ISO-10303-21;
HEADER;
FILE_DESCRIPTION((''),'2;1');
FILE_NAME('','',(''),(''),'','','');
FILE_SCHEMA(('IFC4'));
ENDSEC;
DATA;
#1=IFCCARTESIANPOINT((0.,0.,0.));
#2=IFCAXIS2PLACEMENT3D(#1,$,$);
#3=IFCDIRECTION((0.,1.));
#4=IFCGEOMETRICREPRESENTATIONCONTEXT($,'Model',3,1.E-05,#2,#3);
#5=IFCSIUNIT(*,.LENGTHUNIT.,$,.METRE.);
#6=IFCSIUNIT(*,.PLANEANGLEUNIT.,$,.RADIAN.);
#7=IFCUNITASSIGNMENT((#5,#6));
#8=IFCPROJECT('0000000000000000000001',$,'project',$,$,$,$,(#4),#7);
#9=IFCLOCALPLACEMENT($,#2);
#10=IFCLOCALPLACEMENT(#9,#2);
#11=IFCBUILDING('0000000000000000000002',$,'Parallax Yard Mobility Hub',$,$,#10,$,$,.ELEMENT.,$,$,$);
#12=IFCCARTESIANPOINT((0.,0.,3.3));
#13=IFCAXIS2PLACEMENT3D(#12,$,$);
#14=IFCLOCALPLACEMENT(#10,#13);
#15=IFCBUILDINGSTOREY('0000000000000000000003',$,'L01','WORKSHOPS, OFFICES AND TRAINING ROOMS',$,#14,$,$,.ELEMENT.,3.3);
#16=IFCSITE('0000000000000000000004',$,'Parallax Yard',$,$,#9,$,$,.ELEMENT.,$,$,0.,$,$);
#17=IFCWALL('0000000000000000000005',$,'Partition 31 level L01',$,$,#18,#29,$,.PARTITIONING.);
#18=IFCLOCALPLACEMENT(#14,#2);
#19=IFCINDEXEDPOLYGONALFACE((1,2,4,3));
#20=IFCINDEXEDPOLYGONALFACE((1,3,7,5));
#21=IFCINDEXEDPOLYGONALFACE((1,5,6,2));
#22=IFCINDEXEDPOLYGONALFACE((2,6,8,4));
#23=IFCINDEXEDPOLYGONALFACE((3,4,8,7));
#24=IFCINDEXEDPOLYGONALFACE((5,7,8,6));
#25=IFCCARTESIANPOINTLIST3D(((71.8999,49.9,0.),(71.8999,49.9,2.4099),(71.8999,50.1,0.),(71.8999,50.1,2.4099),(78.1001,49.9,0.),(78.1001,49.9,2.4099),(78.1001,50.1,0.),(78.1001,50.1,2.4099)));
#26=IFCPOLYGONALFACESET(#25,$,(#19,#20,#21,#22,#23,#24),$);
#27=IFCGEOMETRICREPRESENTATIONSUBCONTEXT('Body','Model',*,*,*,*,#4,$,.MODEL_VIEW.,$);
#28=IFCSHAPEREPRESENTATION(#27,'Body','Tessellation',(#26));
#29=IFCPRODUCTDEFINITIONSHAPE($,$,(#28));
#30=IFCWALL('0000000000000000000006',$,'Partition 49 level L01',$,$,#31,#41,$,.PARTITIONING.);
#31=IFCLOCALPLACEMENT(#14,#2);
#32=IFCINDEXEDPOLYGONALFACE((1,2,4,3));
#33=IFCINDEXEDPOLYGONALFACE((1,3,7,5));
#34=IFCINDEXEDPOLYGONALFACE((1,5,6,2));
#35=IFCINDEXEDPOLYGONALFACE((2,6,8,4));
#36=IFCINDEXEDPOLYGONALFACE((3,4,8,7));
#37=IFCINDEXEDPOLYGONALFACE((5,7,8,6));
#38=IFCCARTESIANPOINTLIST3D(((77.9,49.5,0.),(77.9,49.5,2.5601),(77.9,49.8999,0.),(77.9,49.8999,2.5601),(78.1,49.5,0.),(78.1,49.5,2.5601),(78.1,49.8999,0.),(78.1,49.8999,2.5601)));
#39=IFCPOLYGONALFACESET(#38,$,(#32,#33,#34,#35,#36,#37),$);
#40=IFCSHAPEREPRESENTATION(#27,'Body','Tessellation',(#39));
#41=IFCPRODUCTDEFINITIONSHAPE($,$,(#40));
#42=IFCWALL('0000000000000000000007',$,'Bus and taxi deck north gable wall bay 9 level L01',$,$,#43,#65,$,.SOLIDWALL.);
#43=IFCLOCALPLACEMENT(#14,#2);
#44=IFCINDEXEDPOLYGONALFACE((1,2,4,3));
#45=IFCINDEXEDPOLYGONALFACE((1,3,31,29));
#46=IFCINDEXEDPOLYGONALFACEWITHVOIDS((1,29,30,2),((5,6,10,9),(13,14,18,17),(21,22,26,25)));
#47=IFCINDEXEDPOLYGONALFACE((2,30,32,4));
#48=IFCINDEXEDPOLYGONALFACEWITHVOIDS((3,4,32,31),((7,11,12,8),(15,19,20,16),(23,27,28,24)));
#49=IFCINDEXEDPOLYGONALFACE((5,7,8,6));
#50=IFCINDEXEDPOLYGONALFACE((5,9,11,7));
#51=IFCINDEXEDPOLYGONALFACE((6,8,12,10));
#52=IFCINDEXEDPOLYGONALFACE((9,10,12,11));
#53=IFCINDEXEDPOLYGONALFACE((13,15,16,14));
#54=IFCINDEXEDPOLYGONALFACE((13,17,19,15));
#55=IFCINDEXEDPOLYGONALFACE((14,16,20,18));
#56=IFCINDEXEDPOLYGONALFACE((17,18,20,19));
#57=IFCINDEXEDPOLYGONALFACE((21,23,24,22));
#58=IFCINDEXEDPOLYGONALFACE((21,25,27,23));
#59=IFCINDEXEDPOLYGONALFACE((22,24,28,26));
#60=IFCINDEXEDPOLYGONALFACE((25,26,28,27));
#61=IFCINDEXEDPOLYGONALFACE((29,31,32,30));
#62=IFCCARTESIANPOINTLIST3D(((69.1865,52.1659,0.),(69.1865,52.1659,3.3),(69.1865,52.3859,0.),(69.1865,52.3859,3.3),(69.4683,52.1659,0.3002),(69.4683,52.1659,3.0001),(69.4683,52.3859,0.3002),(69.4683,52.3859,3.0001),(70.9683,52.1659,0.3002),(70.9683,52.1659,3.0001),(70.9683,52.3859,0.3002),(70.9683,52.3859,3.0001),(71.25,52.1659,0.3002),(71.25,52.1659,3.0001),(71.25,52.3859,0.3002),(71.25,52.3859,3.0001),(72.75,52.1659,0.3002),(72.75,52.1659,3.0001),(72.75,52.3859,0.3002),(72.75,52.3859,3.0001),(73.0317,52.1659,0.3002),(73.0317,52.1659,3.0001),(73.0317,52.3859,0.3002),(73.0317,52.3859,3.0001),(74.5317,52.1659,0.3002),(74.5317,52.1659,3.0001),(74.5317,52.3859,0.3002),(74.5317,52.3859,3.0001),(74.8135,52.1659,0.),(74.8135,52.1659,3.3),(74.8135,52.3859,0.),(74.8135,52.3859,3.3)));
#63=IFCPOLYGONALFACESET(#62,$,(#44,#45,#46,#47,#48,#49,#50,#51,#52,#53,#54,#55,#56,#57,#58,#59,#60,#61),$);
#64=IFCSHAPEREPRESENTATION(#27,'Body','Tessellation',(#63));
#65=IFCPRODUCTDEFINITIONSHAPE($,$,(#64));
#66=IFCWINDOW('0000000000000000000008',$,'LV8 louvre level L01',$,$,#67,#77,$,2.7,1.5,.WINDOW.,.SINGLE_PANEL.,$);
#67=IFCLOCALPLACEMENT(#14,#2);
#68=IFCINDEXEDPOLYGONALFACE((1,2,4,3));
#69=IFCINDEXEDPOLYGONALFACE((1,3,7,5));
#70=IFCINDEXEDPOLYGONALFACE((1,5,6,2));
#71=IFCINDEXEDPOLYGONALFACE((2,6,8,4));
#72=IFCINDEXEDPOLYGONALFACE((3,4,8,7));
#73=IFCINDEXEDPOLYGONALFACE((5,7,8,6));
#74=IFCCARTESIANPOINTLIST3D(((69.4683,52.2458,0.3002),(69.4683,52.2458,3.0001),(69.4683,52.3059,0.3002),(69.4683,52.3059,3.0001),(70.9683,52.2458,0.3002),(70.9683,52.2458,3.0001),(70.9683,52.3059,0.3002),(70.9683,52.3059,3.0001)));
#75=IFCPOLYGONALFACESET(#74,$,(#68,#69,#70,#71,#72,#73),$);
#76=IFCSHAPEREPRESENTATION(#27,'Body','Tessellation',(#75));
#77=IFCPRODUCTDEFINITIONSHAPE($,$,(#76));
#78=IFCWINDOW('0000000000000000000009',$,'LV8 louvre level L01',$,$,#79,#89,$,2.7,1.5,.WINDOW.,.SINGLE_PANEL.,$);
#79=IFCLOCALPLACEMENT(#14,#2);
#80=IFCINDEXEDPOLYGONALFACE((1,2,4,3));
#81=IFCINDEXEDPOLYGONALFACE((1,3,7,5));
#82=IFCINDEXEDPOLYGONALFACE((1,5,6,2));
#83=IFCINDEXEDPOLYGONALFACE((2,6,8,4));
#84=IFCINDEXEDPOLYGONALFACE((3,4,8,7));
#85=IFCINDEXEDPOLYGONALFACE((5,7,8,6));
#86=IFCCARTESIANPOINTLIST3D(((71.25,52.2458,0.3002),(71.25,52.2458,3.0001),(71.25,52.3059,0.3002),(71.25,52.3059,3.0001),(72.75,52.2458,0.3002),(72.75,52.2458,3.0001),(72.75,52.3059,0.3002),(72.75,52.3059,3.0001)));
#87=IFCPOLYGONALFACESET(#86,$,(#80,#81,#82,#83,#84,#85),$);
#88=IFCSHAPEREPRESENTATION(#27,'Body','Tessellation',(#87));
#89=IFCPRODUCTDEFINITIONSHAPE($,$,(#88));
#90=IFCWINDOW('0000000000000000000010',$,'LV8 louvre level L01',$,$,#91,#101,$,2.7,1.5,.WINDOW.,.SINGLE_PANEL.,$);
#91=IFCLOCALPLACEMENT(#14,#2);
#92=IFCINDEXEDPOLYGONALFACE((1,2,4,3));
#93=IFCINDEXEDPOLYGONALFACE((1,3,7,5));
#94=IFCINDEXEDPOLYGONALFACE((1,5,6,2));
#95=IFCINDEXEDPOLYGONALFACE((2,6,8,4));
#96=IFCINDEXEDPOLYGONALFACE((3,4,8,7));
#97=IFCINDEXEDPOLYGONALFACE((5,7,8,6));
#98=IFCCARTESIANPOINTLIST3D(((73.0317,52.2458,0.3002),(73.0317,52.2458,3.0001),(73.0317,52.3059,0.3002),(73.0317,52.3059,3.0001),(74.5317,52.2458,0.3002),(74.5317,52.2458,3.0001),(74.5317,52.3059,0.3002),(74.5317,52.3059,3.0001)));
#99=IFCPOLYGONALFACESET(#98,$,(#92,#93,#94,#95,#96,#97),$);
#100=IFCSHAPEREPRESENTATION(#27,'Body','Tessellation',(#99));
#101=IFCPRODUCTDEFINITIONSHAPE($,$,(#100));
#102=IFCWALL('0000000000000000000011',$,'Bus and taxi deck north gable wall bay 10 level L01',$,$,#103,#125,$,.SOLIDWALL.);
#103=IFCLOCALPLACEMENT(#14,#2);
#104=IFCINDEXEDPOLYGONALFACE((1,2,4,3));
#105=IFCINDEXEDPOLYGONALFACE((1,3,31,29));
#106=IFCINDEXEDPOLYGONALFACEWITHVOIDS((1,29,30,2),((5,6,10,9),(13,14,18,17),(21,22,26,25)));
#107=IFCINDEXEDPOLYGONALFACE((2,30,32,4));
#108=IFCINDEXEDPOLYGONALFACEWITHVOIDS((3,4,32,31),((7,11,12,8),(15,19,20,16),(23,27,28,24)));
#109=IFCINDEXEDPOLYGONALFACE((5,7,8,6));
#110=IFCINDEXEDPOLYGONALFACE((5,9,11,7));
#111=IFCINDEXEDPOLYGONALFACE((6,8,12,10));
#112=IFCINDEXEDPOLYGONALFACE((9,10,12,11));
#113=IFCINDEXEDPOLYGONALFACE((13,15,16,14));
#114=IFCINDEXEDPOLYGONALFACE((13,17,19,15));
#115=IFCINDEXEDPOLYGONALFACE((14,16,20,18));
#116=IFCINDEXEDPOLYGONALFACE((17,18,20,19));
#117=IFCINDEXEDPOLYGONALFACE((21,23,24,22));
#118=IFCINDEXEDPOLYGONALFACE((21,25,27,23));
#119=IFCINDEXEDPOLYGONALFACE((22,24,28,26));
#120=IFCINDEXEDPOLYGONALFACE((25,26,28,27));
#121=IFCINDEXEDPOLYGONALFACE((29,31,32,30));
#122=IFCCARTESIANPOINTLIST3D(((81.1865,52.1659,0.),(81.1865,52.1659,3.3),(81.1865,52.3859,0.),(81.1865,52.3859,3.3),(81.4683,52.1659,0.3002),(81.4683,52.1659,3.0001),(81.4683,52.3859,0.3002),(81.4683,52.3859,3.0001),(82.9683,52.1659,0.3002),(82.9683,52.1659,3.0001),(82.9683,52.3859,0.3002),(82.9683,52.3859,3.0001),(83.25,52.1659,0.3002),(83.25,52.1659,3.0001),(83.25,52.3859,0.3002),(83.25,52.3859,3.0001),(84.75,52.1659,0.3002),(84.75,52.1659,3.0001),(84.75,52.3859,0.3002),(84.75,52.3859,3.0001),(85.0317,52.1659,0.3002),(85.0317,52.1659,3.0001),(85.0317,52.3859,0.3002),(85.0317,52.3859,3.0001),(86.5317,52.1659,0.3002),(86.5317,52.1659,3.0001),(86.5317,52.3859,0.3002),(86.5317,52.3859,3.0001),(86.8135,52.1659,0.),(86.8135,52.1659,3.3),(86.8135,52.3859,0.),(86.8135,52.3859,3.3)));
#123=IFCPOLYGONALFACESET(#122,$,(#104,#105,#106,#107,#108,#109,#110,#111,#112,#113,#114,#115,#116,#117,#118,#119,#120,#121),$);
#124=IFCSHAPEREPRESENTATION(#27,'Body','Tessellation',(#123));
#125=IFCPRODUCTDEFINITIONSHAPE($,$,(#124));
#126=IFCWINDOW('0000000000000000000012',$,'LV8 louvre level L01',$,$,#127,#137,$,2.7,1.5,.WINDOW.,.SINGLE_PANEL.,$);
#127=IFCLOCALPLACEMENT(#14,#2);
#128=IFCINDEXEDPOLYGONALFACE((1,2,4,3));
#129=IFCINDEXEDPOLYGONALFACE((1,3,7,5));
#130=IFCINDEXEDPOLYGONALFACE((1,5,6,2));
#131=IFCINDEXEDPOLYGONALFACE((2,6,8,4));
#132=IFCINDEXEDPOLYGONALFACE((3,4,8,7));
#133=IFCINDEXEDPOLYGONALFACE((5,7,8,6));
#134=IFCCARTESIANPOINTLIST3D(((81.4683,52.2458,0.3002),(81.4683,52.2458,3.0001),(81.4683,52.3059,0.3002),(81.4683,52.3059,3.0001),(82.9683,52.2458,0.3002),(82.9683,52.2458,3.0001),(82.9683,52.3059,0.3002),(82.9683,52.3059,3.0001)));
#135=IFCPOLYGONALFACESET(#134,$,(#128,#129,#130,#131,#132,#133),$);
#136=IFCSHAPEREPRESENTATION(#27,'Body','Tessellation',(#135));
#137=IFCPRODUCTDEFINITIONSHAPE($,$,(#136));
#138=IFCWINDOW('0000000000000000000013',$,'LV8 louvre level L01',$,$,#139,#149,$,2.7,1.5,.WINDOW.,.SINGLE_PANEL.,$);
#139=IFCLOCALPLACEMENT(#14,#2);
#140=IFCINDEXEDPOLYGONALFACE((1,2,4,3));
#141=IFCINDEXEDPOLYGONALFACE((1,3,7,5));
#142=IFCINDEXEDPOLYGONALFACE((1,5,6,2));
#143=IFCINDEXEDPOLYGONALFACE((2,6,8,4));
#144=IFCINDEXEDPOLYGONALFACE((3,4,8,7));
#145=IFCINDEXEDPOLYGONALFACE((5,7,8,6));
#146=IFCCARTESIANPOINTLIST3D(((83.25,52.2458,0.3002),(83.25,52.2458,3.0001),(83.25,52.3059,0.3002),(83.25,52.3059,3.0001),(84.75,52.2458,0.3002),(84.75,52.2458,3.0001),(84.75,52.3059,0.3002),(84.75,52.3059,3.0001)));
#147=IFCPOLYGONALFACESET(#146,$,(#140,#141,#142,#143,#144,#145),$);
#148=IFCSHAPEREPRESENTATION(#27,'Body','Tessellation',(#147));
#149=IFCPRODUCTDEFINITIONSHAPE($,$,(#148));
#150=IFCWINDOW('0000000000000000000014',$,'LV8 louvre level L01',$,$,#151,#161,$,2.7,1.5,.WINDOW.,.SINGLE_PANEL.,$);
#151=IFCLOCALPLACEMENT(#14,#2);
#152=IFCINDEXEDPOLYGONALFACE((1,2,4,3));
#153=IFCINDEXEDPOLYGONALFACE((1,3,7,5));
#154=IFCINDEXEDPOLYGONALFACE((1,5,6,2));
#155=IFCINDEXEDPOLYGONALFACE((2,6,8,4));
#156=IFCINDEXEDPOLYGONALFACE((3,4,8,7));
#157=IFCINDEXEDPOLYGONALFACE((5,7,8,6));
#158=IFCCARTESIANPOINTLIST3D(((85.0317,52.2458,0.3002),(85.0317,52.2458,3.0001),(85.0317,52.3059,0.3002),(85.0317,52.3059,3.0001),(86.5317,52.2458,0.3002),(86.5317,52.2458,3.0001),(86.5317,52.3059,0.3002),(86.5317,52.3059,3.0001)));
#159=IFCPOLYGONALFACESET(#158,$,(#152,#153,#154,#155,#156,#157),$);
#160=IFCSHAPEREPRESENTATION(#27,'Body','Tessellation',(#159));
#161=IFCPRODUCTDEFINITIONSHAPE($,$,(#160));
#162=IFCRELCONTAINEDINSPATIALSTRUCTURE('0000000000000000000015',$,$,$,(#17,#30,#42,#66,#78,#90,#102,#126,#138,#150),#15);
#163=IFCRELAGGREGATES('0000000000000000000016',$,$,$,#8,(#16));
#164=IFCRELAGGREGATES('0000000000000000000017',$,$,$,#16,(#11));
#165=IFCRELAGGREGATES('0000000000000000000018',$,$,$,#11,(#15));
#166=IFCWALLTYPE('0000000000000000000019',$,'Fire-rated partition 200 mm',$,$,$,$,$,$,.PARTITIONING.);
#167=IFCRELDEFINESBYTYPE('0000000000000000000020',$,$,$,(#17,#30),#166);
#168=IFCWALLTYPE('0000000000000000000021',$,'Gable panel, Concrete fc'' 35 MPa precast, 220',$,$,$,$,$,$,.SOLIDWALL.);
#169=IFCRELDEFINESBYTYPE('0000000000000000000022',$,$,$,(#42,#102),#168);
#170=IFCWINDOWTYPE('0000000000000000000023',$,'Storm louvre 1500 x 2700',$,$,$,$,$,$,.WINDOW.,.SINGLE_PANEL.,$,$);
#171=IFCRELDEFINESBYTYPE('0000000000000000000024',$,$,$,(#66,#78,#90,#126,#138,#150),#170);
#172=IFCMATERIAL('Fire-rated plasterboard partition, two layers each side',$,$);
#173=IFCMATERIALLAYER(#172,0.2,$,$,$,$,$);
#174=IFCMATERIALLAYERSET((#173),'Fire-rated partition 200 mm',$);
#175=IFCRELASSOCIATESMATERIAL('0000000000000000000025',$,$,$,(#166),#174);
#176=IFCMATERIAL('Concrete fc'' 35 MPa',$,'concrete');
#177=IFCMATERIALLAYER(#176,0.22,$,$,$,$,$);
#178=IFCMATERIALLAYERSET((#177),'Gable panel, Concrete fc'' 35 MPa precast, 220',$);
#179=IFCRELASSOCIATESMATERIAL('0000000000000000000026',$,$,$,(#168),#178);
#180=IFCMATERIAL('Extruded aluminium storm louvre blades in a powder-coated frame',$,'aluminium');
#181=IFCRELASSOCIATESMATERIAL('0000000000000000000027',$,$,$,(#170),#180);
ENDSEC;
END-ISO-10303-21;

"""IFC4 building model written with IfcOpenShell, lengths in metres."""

from ifc_helpers import new_model, si_unit, direction, frame, frame_2d, origin, place, context, subcontext, project, spatial, rectangle, extrude, material, layer, layer_set, type_object, element, fill, save


model = new_model("IFC4")

# Units and contexts
model_context = context("Model", 3, precision=1e-05, world=origin(), true_north=direction((0.0, 1.0)))
body_context = subcontext(model_context, "Body", "Model", "MODEL_VIEW")
ifc_project = project(units=[si_unit("LENGTHUNIT", "METRE"), si_unit("PLANEANGLEUNIT", "RADIAN")], contexts=[model_context])

# Site, building, storey
site_placement = place(None, origin())
site = spatial("IfcSite", under=ifc_project, at=site_placement, Name="Parallax Yard", CompositionType="ELEMENT", RefElevation=0.0)
building_placement = place(site_placement, origin())
building = spatial("IfcBuilding", under=site, at=building_placement, Name="Parallax Yard Mobility Hub", CompositionType="ELEMENT")
storey_placement = place(building_placement, frame((0.0, 0.0, 3.3)))
storey = spatial("IfcBuildingStorey", under=building, at=storey_placement, Name="L01", Description="WORKSHOPS, OFFICES AND TRAINING ROOMS", CompositionType="ELEMENT", Elevation=3.3)

# Shared definitions
ifc_material_1 = material(Name="Concrete fc' 35 MPa", Category="concrete")

# Walls
ifc_material_2 = material(Name="Fire-rated plasterboard partition, two layers each side")
ifc_layer_1 = layer(ifc_material_2, 0.2)
ifc_layer_set_1 = layer_set([ifc_layer_1], Name="Fire-rated partition 200 mm")
wall_type_1 = type_object("IfcWallType", Name="Fire-rated partition 200 mm", PredefinedType="PARTITIONING", material=ifc_layer_set_1)
wall_1_placement = place(storey_placement, frame((71.8999, 50.0, 0.0), z_axis=(0.0, 0.0, 1.0), x_axis=(1.0, 0.0, 0.0)))
element("IfcWall", 1, at=wall_1_placement, inside=storey, type_object=wall_type_1, Name="Partition 31 level L01", PredefinedType="PARTITIONING", context=body_context, shape_type="SweptSolid", body=[
    extrude(rectangle(XDim=6.2002, YDim=0.2, at=frame_2d((3.1001, 0.0))), origin(), (0.0, 0.0, 1.0), 2.4099),
])
wall_2_placement = place(storey_placement, frame((78.0, 49.5, 0.0), z_axis=(0.0, 0.0, 1.0), x_axis=(0.0, 1.0, 0.0)))
element("IfcWall", 2, at=wall_2_placement, inside=storey, type_object=wall_type_1, Name="Partition 49 level L01", PredefinedType="PARTITIONING", context=body_context, shape_type="SweptSolid", body=[
    extrude(rectangle(XDim=0.3999, YDim=0.2, at=frame_2d((0.2, 0.0))), origin(), (0.0, 0.0, 1.0), 2.5601),
])

# Walls, openings, windows
ifc_layer_2 = layer(ifc_material_1, 0.22)
ifc_layer_set_2 = layer_set([ifc_layer_2], Name="Gable panel, Concrete fc' 35 MPa precast, 220")
wall_type_2 = type_object("IfcWallType", Name="Gable panel, Concrete fc' 35 MPa precast, 220", PredefinedType="SOLIDWALL", material=ifc_layer_set_2)
wall_3_placement = place(storey_placement, frame((69.1865, 52.2759, 0.0), z_axis=(0.0, 0.0, 1.0), x_axis=(1.0, 0.0, 0.0)))
wall_3 = element("IfcWall", 3, at=wall_3_placement, inside=storey, type_object=wall_type_2, Name="Bus and taxi deck north gable wall bay 9 level L01", PredefinedType="SOLIDWALL", context=body_context, shape_type="SweptSolid", body=[
    extrude(rectangle(XDim=5.627, YDim=0.22, at=frame_2d((2.8135, 0.0))), origin(), (0.0, 0.0, 1.0), 3.3),
])
opening_1_placement = place(wall_3_placement, frame((0.2817, 0.0, 0.3)))
opening_1 = element("IfcOpeningElement", 4, at=opening_1_placement, cuts=wall_3, PredefinedType="OPENING", context=body_context, shape_type="SweptSolid", body=[
    extrude(rectangle(XDim=1.5, YDim=2.7, at=frame_2d((0.75, 1.3501))), frame((0.0, 0.1201, 0.0), z_axis=(0.0, -1.0, 0.0), x_axis=(1.0, 0.0, 0.0)), (0.0, 0.0, 1.0), 0.24),
])
opening_2_placement = place(wall_3_placement, frame((2.0635, 0.0, 0.3)))
opening_2 = element("IfcOpeningElement", 5, at=opening_2_placement, cuts=wall_3, PredefinedType="OPENING", context=body_context, shape_type="SweptSolid", body=[
    extrude(rectangle(XDim=1.5, YDim=2.7, at=frame_2d((0.75, 1.3501))), frame((0.0, 0.1201, 0.0), z_axis=(0.0, -1.0, 0.0), x_axis=(1.0, 0.0, 0.0)), (0.0, 0.0, 1.0), 0.24),
])
opening_3_placement = place(wall_3_placement, frame((3.8452, 0.0, 0.3)))
opening_3 = element("IfcOpeningElement", 6, at=opening_3_placement, cuts=wall_3, PredefinedType="OPENING", context=body_context, shape_type="SweptSolid", body=[
    extrude(rectangle(XDim=1.5, YDim=2.7, at=frame_2d((0.75, 1.3501))), frame((0.0, 0.1201, 0.0), z_axis=(0.0, -1.0, 0.0), x_axis=(1.0, 0.0, 0.0)), (0.0, 0.0, 1.0), 0.24),
])
ifc_material_3 = material(Name="Extruded aluminium storm louvre blades in a powder-coated frame", Category="aluminium")
window_type = type_object("IfcWindowType", Name="Storm louvre 1500 x 2700", PartitioningType="SINGLE_PANEL", PredefinedType="WINDOW", material=ifc_material_3)
window_1_placement = place(opening_1_placement, origin())
window_1 = element("IfcWindow", 7, at=window_1_placement, inside=storey, type_object=window_type, Name="LV8 louvre level L01", OverallHeight=2.7, OverallWidth=1.5, PartitioningType="SINGLE_PANEL", PredefinedType="WINDOW", context=body_context, shape_type="SweptSolid", body=[
    extrude(rectangle(XDim=1.5, YDim=2.7, at=frame_2d((0.75, 1.3501))), frame((0.0, 0.03, 0.0), z_axis=(0.0, -1.0, 0.0), x_axis=(1.0, 0.0, 0.0)), (0.0, 0.0, 1.0), 0.0601),
])
fill(opening_1, window_1)
window_2_placement = place(opening_2_placement, origin())
window_2 = element("IfcWindow", 8, at=window_2_placement, inside=storey, type_object=window_type, Name="LV8 louvre level L01", OverallHeight=2.7, OverallWidth=1.5, PartitioningType="SINGLE_PANEL", PredefinedType="WINDOW", context=body_context, shape_type="SweptSolid", body=[
    extrude(rectangle(XDim=1.5, YDim=2.7, at=frame_2d((0.75, 1.3501))), frame((0.0, 0.03, 0.0), z_axis=(0.0, -1.0, 0.0), x_axis=(1.0, 0.0, 0.0)), (0.0, 0.0, 1.0), 0.0601),
])
fill(opening_2, window_2)
window_3_placement = place(opening_3_placement, origin())
window_3 = element("IfcWindow", 9, at=window_3_placement, inside=storey, type_object=window_type, Name="LV8 louvre level L01", OverallHeight=2.7, OverallWidth=1.5, PartitioningType="SINGLE_PANEL", PredefinedType="WINDOW", context=body_context, shape_type="SweptSolid", body=[
    extrude(rectangle(XDim=1.5, YDim=2.7, at=frame_2d((0.75, 1.3501))), frame((0.0, 0.03, 0.0), z_axis=(0.0, -1.0, 0.0), x_axis=(1.0, 0.0, 0.0)), (0.0, 0.0, 1.0), 0.0601),
])
fill(opening_3, window_3)
wall_4_placement = place(storey_placement, frame((81.1865, 52.2759, 0.0), z_axis=(0.0, 0.0, 1.0), x_axis=(1.0, 0.0, 0.0)))
wall_4 = element("IfcWall", 10, at=wall_4_placement, inside=storey, type_object=wall_type_2, Name="Bus and taxi deck north gable wall bay 10 level L01", PredefinedType="SOLIDWALL", context=body_context, shape_type="SweptSolid", body=[
    extrude(rectangle(XDim=5.627, YDim=0.22, at=frame_2d((2.8135, 0.0))), origin(), (0.0, 0.0, 1.0), 3.3),
])
opening_4_placement = place(wall_4_placement, frame((0.2817, 0.0, 0.3)))
opening_4 = element("IfcOpeningElement", 11, at=opening_4_placement, cuts=wall_4, PredefinedType="OPENING", context=body_context, shape_type="SweptSolid", body=[
    extrude(rectangle(XDim=1.5, YDim=2.7, at=frame_2d((0.75, 1.3501))), frame((0.0, 0.1201, 0.0), z_axis=(0.0, -1.0, 0.0), x_axis=(1.0, 0.0, 0.0)), (0.0, 0.0, 1.0), 0.24),
])
opening_5_placement = place(wall_4_placement, frame((2.0635, 0.0, 0.3)))
opening_5 = element("IfcOpeningElement", 12, at=opening_5_placement, cuts=wall_4, PredefinedType="OPENING", context=body_context, shape_type="SweptSolid", body=[
    extrude(rectangle(XDim=1.5, YDim=2.7, at=frame_2d((0.75, 1.3501))), frame((0.0, 0.1201, 0.0), z_axis=(0.0, -1.0, 0.0), x_axis=(1.0, 0.0, 0.0)), (0.0, 0.0, 1.0), 0.24),
])
opening_6_placement = place(wall_4_placement, frame((3.8452, 0.0, 0.3)))
opening_6 = element("IfcOpeningElement", 13, at=opening_6_placement, cuts=wall_4, PredefinedType="OPENING", context=body_context, shape_type="SweptSolid", body=[
    extrude(rectangle(XDim=1.5, YDim=2.7, at=frame_2d((0.75, 1.3501))), frame((0.0, 0.1201, 0.0), z_axis=(0.0, -1.0, 0.0), x_axis=(1.0, 0.0, 0.0)), (0.0, 0.0, 1.0), 0.24),
])
window_4_placement = place(opening_4_placement, origin())
window_4 = element("IfcWindow", 14, at=window_4_placement, inside=storey, type_object=window_type, Name="LV8 louvre level L01", OverallHeight=2.7, OverallWidth=1.5, PartitioningType="SINGLE_PANEL", PredefinedType="WINDOW", context=body_context, shape_type="SweptSolid", body=[
    extrude(rectangle(XDim=1.5, YDim=2.7, at=frame_2d((0.75, 1.3501))), frame((0.0, 0.03, 0.0), z_axis=(0.0, -1.0, 0.0), x_axis=(1.0, 0.0, 0.0)), (0.0, 0.0, 1.0), 0.0601),
])
fill(opening_4, window_4)
window_5_placement = place(opening_5_placement, origin())
window_5 = element("IfcWindow", 15, at=window_5_placement, inside=storey, type_object=window_type, Name="LV8 louvre level L01", OverallHeight=2.7, OverallWidth=1.5, PartitioningType="SINGLE_PANEL", PredefinedType="WINDOW", context=body_context, shape_type="SweptSolid", body=[
    extrude(rectangle(XDim=1.5, YDim=2.7, at=frame_2d((0.75, 1.3501))), frame((0.0, 0.03, 0.0), z_axis=(0.0, -1.0, 0.0), x_axis=(1.0, 0.0, 0.0)), (0.0, 0.0, 1.0), 0.0601),
])
fill(opening_5, window_5)
window_6_placement = place(opening_6_placement, origin())
window_6 = element("IfcWindow", 16, at=window_6_placement, inside=storey, type_object=window_type, Name="LV8 louvre level L01", OverallHeight=2.7, OverallWidth=1.5, PartitioningType="SINGLE_PANEL", PredefinedType="WINDOW", context=body_context, shape_type="SweptSolid", body=[
    extrude(rectangle(XDim=1.5, YDim=2.7, at=frame_2d((0.75, 1.3501))), frame((0.0, 0.03, 0.0), z_axis=(0.0, -1.0, 0.0), x_axis=(1.0, 0.0, 0.0)), (0.0, 0.0, 1.0), 0.0601),
])
fill(opening_6, window_6)

save(model, "model.ifc")
